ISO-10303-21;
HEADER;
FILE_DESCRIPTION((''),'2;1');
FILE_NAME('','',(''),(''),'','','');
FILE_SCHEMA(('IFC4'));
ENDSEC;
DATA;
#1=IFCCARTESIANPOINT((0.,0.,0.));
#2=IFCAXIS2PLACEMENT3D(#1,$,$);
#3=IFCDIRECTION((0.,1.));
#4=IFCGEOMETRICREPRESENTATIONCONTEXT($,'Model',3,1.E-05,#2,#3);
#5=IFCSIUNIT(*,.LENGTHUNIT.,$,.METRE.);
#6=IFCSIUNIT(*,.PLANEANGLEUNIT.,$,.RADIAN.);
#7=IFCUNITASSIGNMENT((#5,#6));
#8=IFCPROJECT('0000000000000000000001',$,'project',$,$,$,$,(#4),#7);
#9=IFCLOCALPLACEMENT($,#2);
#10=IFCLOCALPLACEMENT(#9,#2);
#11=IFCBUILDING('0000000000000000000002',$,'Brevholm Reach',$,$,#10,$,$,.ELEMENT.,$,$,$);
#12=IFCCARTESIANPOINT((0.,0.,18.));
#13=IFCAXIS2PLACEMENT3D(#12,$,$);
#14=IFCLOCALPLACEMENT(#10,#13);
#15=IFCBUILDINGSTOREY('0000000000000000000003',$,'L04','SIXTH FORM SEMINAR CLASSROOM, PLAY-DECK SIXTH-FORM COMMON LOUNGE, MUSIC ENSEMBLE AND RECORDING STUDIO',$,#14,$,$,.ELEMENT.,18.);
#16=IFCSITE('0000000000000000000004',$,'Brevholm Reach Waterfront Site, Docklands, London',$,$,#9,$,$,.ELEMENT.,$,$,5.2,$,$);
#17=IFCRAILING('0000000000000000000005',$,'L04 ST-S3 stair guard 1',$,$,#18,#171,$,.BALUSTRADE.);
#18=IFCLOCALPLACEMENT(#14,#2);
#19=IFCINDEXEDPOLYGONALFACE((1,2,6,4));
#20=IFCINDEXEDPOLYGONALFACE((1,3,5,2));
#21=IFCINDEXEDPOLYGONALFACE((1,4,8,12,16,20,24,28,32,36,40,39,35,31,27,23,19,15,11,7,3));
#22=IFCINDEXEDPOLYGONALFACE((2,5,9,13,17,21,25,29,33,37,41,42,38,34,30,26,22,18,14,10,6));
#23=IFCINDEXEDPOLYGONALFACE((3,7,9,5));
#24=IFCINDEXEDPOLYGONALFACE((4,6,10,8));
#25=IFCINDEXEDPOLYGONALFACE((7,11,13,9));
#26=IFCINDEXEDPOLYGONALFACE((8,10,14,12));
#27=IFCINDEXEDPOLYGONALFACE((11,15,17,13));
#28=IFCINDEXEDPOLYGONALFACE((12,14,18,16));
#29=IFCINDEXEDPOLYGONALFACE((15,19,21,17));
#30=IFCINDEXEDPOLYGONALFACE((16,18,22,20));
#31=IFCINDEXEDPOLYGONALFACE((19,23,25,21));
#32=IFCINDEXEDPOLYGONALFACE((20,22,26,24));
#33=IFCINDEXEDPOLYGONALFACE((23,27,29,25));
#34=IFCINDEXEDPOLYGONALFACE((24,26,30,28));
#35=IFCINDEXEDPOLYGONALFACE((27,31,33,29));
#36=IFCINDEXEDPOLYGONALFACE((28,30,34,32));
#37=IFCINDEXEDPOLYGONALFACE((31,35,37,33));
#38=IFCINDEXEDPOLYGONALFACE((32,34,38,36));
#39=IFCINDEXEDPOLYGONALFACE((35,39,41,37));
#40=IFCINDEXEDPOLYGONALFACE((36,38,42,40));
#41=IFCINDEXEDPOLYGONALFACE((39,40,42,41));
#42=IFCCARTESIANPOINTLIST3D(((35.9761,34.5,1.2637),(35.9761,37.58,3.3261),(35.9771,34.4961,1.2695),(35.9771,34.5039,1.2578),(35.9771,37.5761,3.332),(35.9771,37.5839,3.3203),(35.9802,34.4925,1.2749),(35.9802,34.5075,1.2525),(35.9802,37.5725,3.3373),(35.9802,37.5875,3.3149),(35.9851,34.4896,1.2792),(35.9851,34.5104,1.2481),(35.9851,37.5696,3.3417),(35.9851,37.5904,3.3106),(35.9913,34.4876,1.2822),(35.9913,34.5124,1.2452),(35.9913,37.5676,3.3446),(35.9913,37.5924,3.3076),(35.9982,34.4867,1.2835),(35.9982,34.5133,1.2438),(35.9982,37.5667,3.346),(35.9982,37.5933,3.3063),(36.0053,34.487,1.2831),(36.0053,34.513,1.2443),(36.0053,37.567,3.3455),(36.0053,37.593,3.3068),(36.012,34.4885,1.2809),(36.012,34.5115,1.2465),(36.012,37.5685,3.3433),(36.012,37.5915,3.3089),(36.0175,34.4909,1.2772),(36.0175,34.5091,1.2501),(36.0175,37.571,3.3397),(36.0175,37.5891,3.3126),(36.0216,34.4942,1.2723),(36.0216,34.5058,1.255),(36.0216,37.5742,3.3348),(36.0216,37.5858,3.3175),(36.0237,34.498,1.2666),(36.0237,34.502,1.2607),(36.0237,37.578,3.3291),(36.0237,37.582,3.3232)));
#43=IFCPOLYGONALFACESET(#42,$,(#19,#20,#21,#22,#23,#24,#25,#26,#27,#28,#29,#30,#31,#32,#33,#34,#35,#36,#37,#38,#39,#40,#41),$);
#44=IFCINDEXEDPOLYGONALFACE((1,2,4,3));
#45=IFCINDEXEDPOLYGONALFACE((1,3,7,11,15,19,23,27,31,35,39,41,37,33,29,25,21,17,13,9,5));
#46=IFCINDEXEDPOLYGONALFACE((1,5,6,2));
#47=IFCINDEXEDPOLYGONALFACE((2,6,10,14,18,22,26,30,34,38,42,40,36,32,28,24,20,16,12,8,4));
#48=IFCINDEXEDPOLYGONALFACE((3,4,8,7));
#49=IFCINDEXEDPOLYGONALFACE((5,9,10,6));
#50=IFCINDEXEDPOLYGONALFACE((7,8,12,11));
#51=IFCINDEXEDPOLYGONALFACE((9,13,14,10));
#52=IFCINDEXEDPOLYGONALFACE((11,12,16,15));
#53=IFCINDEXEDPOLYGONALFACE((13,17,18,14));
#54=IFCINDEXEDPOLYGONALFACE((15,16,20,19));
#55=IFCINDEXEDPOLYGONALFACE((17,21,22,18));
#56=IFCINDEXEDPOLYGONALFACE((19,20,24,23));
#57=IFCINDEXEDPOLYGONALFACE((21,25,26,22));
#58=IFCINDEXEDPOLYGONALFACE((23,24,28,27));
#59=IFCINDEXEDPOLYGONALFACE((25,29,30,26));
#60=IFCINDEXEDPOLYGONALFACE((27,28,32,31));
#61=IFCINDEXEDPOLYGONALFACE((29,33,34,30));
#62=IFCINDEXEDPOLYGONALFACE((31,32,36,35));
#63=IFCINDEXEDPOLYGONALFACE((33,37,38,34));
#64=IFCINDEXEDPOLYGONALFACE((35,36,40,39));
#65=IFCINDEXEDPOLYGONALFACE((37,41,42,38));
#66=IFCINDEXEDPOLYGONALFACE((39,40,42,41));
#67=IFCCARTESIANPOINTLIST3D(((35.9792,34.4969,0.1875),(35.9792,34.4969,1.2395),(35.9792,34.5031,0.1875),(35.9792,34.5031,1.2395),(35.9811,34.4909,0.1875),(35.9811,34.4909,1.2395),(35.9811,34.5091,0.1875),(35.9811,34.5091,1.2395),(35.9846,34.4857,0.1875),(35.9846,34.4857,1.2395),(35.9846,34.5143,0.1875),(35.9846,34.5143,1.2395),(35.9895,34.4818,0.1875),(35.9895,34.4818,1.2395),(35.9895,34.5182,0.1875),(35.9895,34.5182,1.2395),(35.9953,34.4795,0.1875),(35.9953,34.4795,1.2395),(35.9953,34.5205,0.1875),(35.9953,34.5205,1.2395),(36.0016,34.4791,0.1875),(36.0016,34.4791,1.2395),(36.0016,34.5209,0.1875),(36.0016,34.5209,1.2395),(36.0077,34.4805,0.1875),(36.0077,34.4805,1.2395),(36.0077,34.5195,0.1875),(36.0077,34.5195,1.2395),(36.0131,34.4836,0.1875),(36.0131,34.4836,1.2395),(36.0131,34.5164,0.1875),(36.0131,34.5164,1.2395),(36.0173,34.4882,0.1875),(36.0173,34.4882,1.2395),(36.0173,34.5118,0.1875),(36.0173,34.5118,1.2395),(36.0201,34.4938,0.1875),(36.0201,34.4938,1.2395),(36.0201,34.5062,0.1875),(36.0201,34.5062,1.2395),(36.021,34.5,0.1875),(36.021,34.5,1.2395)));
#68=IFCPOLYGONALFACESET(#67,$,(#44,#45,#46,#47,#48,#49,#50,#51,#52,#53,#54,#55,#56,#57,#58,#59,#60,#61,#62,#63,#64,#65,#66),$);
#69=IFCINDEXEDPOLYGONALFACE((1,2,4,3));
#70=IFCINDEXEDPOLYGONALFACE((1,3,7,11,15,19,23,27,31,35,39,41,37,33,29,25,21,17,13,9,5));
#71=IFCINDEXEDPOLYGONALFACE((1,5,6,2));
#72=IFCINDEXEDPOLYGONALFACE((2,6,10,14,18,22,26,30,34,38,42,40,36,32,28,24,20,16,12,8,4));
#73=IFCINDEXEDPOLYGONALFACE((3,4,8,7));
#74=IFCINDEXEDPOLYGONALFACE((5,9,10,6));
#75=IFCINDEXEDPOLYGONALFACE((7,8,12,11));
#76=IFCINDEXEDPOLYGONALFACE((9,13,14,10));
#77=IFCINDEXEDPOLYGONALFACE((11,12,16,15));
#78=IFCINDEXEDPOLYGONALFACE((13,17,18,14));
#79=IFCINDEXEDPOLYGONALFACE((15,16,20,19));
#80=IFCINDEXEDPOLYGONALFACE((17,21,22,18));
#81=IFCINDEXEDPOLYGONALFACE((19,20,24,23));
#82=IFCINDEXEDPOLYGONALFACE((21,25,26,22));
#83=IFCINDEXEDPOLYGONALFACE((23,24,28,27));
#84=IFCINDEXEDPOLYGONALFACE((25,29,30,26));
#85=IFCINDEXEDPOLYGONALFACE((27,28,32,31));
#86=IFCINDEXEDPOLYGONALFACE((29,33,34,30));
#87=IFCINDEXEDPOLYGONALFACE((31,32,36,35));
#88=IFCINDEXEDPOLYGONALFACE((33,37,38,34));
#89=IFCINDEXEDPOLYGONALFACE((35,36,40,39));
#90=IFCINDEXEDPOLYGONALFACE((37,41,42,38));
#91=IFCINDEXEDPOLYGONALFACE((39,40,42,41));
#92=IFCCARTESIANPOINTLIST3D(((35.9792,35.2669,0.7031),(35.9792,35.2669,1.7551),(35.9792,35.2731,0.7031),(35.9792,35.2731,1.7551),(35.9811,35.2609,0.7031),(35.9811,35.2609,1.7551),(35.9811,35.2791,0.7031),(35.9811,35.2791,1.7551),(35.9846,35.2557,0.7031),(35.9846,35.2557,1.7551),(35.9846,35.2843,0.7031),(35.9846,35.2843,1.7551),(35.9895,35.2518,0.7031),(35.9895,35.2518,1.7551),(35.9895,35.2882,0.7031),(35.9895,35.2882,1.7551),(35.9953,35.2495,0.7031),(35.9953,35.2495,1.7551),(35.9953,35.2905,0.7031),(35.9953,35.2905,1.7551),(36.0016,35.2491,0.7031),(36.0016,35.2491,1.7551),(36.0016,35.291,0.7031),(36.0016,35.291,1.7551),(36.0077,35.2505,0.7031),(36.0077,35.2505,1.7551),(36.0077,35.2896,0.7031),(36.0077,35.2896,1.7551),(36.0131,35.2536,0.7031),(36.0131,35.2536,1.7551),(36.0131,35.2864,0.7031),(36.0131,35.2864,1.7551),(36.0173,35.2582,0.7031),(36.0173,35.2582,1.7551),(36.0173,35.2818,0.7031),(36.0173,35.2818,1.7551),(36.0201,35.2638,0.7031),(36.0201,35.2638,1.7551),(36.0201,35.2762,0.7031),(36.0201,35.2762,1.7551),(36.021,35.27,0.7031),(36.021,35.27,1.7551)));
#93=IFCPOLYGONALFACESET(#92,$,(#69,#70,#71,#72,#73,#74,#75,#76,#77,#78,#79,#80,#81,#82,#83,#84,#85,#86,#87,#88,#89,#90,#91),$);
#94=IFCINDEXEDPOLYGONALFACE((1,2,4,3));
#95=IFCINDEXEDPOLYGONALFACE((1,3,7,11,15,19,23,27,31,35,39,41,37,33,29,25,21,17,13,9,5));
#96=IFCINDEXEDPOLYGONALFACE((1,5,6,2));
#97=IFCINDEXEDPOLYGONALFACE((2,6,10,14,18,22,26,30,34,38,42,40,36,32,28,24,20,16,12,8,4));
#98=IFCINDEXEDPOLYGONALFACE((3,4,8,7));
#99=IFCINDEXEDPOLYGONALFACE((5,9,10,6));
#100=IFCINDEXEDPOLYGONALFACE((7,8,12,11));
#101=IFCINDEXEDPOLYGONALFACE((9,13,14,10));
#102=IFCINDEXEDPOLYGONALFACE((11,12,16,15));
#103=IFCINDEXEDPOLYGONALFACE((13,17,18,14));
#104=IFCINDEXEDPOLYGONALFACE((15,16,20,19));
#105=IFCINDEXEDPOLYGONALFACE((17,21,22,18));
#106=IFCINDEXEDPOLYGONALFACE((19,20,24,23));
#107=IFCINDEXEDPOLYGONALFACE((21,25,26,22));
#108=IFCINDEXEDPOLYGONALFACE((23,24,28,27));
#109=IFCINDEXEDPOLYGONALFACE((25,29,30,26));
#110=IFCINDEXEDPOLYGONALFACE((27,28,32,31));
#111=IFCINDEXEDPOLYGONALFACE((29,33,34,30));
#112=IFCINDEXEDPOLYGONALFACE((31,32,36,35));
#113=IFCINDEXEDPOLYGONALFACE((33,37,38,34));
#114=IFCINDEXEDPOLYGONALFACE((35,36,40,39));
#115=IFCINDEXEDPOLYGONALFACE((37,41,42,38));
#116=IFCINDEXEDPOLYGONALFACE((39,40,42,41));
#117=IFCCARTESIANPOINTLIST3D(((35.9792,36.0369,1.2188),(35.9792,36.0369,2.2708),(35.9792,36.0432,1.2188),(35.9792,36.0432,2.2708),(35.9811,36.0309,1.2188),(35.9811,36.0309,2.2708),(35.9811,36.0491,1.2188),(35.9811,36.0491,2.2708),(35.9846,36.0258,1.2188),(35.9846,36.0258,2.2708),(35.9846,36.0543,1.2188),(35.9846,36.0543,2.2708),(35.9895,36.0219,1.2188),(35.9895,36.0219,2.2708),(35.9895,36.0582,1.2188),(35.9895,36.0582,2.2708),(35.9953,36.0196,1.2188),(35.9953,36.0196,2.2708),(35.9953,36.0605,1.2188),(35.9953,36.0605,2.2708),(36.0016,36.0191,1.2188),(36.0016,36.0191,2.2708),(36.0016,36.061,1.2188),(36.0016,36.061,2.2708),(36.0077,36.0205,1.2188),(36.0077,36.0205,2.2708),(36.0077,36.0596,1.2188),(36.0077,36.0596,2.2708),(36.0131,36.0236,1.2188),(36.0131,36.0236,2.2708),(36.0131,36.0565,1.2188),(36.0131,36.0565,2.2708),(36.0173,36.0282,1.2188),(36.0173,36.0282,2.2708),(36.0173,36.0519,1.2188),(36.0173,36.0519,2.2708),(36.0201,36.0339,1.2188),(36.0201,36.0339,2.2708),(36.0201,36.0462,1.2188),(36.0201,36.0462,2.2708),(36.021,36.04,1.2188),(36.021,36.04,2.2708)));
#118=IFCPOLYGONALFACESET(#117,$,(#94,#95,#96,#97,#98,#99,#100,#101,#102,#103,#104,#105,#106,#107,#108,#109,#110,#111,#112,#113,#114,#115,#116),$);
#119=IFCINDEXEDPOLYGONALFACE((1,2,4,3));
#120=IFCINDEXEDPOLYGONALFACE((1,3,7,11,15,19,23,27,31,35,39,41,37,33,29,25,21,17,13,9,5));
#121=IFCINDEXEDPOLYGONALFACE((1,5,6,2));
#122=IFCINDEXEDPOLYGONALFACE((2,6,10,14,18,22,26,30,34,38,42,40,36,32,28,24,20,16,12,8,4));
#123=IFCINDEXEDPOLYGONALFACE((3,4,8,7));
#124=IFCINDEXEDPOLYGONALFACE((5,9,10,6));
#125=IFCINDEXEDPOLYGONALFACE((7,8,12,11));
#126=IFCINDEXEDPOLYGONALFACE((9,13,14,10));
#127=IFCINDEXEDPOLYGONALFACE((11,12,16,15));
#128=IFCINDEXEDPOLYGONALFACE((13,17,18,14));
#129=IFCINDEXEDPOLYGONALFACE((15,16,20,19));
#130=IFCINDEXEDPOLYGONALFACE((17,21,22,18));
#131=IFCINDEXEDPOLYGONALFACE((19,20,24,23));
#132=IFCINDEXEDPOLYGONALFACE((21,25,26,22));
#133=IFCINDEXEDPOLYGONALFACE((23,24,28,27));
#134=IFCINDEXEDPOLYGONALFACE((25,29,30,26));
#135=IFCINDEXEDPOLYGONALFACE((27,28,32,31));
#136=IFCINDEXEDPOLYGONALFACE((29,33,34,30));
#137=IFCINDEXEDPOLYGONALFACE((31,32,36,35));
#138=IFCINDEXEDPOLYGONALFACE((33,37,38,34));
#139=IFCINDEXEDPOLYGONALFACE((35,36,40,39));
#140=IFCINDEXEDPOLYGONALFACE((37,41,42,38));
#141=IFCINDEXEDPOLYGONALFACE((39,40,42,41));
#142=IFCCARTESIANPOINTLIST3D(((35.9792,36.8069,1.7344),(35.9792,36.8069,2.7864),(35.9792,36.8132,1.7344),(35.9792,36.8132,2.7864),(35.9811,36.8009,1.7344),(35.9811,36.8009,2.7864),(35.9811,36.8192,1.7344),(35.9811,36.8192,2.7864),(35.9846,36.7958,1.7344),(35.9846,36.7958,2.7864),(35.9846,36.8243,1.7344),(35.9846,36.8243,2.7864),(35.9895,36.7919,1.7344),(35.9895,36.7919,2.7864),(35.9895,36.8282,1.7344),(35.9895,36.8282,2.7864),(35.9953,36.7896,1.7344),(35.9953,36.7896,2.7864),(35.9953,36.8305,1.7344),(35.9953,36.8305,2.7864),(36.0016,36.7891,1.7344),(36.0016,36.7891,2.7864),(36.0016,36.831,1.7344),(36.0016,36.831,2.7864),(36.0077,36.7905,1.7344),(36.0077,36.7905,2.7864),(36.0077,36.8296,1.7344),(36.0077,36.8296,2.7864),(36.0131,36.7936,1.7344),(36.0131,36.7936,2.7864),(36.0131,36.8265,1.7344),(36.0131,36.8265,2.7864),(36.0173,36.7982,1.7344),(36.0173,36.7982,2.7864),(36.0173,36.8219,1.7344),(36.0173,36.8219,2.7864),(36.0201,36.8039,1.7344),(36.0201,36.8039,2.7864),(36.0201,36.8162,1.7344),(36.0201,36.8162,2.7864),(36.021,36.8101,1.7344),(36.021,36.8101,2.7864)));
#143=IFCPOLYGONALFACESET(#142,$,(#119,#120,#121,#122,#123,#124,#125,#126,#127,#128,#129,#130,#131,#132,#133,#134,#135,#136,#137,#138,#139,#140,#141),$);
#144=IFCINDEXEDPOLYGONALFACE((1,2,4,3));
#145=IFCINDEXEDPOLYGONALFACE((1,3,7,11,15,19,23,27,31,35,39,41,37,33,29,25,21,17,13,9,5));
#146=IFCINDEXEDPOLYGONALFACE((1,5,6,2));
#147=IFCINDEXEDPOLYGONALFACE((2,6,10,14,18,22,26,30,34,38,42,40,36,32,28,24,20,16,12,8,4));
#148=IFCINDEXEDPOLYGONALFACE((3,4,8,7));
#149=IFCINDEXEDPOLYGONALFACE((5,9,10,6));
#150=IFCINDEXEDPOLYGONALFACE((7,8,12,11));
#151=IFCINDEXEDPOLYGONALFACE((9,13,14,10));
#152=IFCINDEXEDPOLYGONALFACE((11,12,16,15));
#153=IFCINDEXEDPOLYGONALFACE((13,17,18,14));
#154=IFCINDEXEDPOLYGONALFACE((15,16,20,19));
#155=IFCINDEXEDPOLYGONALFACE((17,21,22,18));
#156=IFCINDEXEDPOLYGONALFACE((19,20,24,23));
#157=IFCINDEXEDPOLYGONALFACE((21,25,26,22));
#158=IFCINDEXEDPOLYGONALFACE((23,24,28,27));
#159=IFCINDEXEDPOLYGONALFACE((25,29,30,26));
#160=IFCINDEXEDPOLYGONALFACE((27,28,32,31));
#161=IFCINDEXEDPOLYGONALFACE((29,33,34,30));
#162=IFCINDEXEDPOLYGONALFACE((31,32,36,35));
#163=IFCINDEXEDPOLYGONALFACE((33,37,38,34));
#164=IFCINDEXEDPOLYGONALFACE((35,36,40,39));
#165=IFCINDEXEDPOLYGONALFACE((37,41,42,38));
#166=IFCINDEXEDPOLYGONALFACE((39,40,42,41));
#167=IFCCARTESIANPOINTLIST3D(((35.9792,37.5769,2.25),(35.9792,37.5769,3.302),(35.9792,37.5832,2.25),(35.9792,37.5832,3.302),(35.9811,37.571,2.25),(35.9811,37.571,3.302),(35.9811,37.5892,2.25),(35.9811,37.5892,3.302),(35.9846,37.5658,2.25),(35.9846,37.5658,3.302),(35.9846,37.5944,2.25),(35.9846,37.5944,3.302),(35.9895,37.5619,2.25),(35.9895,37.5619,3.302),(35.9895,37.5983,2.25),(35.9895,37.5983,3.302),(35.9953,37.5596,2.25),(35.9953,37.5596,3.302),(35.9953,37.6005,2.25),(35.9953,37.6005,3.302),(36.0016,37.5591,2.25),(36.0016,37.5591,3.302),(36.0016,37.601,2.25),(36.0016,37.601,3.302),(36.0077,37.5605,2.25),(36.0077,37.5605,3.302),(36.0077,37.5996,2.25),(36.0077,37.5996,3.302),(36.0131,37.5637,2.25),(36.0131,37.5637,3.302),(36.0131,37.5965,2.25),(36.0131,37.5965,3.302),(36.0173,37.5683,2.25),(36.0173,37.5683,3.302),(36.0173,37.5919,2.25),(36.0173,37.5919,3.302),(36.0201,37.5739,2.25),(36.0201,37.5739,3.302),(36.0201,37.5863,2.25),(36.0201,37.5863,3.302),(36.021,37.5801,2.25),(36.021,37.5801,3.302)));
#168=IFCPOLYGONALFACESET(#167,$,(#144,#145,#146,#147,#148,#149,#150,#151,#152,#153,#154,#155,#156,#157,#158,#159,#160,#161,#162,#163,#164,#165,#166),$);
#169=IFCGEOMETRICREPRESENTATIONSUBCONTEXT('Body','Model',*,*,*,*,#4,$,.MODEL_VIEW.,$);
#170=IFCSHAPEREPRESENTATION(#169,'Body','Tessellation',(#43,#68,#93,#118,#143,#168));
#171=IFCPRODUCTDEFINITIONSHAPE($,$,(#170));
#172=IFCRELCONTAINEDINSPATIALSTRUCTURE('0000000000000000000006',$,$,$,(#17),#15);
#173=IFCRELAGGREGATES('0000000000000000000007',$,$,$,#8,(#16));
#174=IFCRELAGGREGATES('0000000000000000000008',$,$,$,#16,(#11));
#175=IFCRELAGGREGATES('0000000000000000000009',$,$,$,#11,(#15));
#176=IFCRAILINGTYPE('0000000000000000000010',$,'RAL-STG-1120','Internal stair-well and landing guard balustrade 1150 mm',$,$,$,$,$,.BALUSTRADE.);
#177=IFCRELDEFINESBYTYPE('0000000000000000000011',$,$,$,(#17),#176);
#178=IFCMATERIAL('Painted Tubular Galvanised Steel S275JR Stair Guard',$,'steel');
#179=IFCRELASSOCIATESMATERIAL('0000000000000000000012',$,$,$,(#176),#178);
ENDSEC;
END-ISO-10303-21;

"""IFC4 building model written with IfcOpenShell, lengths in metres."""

from ifc_helpers import new_model, si_unit, direction, frame, origin, origin_2d, place, context, subcontext, project, spatial, circle, extrude, material, type_object, element, save


model = new_model("IFC4")

# Units and contexts
model_context = context("Model", 3, precision=1e-05, world=origin(), true_north=direction((0.0, 1.0)))
body_context = subcontext(model_context, "Body", "Model", "MODEL_VIEW")
ifc_project = project(units=[si_unit("LENGTHUNIT", "METRE"), si_unit("PLANEANGLEUNIT", "RADIAN")], contexts=[model_context])

# Site, building, storey
site_placement = place(None, origin())
site = spatial("IfcSite", under=ifc_project, at=site_placement, Name="Brevholm Reach Waterfront Site, Docklands, London", CompositionType="ELEMENT", RefElevation=5.2)
building_placement = place(site_placement, origin())
building = spatial("IfcBuilding", under=site, at=building_placement, Name="Brevholm Reach", CompositionType="ELEMENT")
storey_placement = place(building_placement, frame((0.0, 0.0, 18.0)))
storey = spatial("IfcBuildingStorey", under=building, at=storey_placement, Name="L04", Description="SIXTH FORM SEMINAR CLASSROOM, PLAY-DECK SIXTH-FORM COMMON LOUNGE, MUSIC ENSEMBLE AND RECORDING STUDIO", CompositionType="ELEMENT", Elevation=18.0)

# Railing
ifc_material_1 = material(Name="Painted Tubular Galvanised Steel S275JR Stair Guard", Category="steel")
railing_type_1 = type_object("IfcRailingType", Name="RAL-STG-1120", Description="Internal stair-well and landing guard balustrade 1150 mm", PredefinedType="BALUSTRADE", material=ifc_material_1)
railing_1_placement = place(storey_placement, frame((36.0, 34.5, 0.1875)))
element("IfcRailing", 1, at=railing_1_placement, inside=storey, type_object=railing_type_1, Name="L04 ST-S3 stair guard 1", PredefinedType="BALUSTRADE", context=body_context, shape_type="SweptSolid", body=[
    extrude(circle(Radius=0.0239, at=origin_2d()), frame((0.0, 0.0, 1.0762), z_axis=(0.0, 0.830914, 0.556401), x_axis=(-1.0, 0.0, 0.0)), (0.0, 0.0, 1.0), 3.7068),
    extrude(circle(Radius=0.021, at=origin_2d()), origin(), (0.0, 0.0, 1.0), 1.052),
    extrude(circle(Radius=0.021, at=origin_2d()), frame((0.0, 0.77, 0.5156)), (0.0, 0.0, 1.0), 1.052),
    extrude(circle(Radius=0.021, at=origin_2d()), frame((0.0, 1.54, 1.0312)), (0.0, 0.0, 1.0), 1.052),
    extrude(circle(Radius=0.021, at=origin_2d()), frame((0.0, 2.3101, 1.5469)), (0.0, 0.0, 1.0), 1.052),
    extrude(circle(Radius=0.021, at=origin_2d()), frame((0.0, 3.0801, 2.0625)), (0.0, 0.0, 1.0), 1.052),
])

save(model, "model.ifc")
